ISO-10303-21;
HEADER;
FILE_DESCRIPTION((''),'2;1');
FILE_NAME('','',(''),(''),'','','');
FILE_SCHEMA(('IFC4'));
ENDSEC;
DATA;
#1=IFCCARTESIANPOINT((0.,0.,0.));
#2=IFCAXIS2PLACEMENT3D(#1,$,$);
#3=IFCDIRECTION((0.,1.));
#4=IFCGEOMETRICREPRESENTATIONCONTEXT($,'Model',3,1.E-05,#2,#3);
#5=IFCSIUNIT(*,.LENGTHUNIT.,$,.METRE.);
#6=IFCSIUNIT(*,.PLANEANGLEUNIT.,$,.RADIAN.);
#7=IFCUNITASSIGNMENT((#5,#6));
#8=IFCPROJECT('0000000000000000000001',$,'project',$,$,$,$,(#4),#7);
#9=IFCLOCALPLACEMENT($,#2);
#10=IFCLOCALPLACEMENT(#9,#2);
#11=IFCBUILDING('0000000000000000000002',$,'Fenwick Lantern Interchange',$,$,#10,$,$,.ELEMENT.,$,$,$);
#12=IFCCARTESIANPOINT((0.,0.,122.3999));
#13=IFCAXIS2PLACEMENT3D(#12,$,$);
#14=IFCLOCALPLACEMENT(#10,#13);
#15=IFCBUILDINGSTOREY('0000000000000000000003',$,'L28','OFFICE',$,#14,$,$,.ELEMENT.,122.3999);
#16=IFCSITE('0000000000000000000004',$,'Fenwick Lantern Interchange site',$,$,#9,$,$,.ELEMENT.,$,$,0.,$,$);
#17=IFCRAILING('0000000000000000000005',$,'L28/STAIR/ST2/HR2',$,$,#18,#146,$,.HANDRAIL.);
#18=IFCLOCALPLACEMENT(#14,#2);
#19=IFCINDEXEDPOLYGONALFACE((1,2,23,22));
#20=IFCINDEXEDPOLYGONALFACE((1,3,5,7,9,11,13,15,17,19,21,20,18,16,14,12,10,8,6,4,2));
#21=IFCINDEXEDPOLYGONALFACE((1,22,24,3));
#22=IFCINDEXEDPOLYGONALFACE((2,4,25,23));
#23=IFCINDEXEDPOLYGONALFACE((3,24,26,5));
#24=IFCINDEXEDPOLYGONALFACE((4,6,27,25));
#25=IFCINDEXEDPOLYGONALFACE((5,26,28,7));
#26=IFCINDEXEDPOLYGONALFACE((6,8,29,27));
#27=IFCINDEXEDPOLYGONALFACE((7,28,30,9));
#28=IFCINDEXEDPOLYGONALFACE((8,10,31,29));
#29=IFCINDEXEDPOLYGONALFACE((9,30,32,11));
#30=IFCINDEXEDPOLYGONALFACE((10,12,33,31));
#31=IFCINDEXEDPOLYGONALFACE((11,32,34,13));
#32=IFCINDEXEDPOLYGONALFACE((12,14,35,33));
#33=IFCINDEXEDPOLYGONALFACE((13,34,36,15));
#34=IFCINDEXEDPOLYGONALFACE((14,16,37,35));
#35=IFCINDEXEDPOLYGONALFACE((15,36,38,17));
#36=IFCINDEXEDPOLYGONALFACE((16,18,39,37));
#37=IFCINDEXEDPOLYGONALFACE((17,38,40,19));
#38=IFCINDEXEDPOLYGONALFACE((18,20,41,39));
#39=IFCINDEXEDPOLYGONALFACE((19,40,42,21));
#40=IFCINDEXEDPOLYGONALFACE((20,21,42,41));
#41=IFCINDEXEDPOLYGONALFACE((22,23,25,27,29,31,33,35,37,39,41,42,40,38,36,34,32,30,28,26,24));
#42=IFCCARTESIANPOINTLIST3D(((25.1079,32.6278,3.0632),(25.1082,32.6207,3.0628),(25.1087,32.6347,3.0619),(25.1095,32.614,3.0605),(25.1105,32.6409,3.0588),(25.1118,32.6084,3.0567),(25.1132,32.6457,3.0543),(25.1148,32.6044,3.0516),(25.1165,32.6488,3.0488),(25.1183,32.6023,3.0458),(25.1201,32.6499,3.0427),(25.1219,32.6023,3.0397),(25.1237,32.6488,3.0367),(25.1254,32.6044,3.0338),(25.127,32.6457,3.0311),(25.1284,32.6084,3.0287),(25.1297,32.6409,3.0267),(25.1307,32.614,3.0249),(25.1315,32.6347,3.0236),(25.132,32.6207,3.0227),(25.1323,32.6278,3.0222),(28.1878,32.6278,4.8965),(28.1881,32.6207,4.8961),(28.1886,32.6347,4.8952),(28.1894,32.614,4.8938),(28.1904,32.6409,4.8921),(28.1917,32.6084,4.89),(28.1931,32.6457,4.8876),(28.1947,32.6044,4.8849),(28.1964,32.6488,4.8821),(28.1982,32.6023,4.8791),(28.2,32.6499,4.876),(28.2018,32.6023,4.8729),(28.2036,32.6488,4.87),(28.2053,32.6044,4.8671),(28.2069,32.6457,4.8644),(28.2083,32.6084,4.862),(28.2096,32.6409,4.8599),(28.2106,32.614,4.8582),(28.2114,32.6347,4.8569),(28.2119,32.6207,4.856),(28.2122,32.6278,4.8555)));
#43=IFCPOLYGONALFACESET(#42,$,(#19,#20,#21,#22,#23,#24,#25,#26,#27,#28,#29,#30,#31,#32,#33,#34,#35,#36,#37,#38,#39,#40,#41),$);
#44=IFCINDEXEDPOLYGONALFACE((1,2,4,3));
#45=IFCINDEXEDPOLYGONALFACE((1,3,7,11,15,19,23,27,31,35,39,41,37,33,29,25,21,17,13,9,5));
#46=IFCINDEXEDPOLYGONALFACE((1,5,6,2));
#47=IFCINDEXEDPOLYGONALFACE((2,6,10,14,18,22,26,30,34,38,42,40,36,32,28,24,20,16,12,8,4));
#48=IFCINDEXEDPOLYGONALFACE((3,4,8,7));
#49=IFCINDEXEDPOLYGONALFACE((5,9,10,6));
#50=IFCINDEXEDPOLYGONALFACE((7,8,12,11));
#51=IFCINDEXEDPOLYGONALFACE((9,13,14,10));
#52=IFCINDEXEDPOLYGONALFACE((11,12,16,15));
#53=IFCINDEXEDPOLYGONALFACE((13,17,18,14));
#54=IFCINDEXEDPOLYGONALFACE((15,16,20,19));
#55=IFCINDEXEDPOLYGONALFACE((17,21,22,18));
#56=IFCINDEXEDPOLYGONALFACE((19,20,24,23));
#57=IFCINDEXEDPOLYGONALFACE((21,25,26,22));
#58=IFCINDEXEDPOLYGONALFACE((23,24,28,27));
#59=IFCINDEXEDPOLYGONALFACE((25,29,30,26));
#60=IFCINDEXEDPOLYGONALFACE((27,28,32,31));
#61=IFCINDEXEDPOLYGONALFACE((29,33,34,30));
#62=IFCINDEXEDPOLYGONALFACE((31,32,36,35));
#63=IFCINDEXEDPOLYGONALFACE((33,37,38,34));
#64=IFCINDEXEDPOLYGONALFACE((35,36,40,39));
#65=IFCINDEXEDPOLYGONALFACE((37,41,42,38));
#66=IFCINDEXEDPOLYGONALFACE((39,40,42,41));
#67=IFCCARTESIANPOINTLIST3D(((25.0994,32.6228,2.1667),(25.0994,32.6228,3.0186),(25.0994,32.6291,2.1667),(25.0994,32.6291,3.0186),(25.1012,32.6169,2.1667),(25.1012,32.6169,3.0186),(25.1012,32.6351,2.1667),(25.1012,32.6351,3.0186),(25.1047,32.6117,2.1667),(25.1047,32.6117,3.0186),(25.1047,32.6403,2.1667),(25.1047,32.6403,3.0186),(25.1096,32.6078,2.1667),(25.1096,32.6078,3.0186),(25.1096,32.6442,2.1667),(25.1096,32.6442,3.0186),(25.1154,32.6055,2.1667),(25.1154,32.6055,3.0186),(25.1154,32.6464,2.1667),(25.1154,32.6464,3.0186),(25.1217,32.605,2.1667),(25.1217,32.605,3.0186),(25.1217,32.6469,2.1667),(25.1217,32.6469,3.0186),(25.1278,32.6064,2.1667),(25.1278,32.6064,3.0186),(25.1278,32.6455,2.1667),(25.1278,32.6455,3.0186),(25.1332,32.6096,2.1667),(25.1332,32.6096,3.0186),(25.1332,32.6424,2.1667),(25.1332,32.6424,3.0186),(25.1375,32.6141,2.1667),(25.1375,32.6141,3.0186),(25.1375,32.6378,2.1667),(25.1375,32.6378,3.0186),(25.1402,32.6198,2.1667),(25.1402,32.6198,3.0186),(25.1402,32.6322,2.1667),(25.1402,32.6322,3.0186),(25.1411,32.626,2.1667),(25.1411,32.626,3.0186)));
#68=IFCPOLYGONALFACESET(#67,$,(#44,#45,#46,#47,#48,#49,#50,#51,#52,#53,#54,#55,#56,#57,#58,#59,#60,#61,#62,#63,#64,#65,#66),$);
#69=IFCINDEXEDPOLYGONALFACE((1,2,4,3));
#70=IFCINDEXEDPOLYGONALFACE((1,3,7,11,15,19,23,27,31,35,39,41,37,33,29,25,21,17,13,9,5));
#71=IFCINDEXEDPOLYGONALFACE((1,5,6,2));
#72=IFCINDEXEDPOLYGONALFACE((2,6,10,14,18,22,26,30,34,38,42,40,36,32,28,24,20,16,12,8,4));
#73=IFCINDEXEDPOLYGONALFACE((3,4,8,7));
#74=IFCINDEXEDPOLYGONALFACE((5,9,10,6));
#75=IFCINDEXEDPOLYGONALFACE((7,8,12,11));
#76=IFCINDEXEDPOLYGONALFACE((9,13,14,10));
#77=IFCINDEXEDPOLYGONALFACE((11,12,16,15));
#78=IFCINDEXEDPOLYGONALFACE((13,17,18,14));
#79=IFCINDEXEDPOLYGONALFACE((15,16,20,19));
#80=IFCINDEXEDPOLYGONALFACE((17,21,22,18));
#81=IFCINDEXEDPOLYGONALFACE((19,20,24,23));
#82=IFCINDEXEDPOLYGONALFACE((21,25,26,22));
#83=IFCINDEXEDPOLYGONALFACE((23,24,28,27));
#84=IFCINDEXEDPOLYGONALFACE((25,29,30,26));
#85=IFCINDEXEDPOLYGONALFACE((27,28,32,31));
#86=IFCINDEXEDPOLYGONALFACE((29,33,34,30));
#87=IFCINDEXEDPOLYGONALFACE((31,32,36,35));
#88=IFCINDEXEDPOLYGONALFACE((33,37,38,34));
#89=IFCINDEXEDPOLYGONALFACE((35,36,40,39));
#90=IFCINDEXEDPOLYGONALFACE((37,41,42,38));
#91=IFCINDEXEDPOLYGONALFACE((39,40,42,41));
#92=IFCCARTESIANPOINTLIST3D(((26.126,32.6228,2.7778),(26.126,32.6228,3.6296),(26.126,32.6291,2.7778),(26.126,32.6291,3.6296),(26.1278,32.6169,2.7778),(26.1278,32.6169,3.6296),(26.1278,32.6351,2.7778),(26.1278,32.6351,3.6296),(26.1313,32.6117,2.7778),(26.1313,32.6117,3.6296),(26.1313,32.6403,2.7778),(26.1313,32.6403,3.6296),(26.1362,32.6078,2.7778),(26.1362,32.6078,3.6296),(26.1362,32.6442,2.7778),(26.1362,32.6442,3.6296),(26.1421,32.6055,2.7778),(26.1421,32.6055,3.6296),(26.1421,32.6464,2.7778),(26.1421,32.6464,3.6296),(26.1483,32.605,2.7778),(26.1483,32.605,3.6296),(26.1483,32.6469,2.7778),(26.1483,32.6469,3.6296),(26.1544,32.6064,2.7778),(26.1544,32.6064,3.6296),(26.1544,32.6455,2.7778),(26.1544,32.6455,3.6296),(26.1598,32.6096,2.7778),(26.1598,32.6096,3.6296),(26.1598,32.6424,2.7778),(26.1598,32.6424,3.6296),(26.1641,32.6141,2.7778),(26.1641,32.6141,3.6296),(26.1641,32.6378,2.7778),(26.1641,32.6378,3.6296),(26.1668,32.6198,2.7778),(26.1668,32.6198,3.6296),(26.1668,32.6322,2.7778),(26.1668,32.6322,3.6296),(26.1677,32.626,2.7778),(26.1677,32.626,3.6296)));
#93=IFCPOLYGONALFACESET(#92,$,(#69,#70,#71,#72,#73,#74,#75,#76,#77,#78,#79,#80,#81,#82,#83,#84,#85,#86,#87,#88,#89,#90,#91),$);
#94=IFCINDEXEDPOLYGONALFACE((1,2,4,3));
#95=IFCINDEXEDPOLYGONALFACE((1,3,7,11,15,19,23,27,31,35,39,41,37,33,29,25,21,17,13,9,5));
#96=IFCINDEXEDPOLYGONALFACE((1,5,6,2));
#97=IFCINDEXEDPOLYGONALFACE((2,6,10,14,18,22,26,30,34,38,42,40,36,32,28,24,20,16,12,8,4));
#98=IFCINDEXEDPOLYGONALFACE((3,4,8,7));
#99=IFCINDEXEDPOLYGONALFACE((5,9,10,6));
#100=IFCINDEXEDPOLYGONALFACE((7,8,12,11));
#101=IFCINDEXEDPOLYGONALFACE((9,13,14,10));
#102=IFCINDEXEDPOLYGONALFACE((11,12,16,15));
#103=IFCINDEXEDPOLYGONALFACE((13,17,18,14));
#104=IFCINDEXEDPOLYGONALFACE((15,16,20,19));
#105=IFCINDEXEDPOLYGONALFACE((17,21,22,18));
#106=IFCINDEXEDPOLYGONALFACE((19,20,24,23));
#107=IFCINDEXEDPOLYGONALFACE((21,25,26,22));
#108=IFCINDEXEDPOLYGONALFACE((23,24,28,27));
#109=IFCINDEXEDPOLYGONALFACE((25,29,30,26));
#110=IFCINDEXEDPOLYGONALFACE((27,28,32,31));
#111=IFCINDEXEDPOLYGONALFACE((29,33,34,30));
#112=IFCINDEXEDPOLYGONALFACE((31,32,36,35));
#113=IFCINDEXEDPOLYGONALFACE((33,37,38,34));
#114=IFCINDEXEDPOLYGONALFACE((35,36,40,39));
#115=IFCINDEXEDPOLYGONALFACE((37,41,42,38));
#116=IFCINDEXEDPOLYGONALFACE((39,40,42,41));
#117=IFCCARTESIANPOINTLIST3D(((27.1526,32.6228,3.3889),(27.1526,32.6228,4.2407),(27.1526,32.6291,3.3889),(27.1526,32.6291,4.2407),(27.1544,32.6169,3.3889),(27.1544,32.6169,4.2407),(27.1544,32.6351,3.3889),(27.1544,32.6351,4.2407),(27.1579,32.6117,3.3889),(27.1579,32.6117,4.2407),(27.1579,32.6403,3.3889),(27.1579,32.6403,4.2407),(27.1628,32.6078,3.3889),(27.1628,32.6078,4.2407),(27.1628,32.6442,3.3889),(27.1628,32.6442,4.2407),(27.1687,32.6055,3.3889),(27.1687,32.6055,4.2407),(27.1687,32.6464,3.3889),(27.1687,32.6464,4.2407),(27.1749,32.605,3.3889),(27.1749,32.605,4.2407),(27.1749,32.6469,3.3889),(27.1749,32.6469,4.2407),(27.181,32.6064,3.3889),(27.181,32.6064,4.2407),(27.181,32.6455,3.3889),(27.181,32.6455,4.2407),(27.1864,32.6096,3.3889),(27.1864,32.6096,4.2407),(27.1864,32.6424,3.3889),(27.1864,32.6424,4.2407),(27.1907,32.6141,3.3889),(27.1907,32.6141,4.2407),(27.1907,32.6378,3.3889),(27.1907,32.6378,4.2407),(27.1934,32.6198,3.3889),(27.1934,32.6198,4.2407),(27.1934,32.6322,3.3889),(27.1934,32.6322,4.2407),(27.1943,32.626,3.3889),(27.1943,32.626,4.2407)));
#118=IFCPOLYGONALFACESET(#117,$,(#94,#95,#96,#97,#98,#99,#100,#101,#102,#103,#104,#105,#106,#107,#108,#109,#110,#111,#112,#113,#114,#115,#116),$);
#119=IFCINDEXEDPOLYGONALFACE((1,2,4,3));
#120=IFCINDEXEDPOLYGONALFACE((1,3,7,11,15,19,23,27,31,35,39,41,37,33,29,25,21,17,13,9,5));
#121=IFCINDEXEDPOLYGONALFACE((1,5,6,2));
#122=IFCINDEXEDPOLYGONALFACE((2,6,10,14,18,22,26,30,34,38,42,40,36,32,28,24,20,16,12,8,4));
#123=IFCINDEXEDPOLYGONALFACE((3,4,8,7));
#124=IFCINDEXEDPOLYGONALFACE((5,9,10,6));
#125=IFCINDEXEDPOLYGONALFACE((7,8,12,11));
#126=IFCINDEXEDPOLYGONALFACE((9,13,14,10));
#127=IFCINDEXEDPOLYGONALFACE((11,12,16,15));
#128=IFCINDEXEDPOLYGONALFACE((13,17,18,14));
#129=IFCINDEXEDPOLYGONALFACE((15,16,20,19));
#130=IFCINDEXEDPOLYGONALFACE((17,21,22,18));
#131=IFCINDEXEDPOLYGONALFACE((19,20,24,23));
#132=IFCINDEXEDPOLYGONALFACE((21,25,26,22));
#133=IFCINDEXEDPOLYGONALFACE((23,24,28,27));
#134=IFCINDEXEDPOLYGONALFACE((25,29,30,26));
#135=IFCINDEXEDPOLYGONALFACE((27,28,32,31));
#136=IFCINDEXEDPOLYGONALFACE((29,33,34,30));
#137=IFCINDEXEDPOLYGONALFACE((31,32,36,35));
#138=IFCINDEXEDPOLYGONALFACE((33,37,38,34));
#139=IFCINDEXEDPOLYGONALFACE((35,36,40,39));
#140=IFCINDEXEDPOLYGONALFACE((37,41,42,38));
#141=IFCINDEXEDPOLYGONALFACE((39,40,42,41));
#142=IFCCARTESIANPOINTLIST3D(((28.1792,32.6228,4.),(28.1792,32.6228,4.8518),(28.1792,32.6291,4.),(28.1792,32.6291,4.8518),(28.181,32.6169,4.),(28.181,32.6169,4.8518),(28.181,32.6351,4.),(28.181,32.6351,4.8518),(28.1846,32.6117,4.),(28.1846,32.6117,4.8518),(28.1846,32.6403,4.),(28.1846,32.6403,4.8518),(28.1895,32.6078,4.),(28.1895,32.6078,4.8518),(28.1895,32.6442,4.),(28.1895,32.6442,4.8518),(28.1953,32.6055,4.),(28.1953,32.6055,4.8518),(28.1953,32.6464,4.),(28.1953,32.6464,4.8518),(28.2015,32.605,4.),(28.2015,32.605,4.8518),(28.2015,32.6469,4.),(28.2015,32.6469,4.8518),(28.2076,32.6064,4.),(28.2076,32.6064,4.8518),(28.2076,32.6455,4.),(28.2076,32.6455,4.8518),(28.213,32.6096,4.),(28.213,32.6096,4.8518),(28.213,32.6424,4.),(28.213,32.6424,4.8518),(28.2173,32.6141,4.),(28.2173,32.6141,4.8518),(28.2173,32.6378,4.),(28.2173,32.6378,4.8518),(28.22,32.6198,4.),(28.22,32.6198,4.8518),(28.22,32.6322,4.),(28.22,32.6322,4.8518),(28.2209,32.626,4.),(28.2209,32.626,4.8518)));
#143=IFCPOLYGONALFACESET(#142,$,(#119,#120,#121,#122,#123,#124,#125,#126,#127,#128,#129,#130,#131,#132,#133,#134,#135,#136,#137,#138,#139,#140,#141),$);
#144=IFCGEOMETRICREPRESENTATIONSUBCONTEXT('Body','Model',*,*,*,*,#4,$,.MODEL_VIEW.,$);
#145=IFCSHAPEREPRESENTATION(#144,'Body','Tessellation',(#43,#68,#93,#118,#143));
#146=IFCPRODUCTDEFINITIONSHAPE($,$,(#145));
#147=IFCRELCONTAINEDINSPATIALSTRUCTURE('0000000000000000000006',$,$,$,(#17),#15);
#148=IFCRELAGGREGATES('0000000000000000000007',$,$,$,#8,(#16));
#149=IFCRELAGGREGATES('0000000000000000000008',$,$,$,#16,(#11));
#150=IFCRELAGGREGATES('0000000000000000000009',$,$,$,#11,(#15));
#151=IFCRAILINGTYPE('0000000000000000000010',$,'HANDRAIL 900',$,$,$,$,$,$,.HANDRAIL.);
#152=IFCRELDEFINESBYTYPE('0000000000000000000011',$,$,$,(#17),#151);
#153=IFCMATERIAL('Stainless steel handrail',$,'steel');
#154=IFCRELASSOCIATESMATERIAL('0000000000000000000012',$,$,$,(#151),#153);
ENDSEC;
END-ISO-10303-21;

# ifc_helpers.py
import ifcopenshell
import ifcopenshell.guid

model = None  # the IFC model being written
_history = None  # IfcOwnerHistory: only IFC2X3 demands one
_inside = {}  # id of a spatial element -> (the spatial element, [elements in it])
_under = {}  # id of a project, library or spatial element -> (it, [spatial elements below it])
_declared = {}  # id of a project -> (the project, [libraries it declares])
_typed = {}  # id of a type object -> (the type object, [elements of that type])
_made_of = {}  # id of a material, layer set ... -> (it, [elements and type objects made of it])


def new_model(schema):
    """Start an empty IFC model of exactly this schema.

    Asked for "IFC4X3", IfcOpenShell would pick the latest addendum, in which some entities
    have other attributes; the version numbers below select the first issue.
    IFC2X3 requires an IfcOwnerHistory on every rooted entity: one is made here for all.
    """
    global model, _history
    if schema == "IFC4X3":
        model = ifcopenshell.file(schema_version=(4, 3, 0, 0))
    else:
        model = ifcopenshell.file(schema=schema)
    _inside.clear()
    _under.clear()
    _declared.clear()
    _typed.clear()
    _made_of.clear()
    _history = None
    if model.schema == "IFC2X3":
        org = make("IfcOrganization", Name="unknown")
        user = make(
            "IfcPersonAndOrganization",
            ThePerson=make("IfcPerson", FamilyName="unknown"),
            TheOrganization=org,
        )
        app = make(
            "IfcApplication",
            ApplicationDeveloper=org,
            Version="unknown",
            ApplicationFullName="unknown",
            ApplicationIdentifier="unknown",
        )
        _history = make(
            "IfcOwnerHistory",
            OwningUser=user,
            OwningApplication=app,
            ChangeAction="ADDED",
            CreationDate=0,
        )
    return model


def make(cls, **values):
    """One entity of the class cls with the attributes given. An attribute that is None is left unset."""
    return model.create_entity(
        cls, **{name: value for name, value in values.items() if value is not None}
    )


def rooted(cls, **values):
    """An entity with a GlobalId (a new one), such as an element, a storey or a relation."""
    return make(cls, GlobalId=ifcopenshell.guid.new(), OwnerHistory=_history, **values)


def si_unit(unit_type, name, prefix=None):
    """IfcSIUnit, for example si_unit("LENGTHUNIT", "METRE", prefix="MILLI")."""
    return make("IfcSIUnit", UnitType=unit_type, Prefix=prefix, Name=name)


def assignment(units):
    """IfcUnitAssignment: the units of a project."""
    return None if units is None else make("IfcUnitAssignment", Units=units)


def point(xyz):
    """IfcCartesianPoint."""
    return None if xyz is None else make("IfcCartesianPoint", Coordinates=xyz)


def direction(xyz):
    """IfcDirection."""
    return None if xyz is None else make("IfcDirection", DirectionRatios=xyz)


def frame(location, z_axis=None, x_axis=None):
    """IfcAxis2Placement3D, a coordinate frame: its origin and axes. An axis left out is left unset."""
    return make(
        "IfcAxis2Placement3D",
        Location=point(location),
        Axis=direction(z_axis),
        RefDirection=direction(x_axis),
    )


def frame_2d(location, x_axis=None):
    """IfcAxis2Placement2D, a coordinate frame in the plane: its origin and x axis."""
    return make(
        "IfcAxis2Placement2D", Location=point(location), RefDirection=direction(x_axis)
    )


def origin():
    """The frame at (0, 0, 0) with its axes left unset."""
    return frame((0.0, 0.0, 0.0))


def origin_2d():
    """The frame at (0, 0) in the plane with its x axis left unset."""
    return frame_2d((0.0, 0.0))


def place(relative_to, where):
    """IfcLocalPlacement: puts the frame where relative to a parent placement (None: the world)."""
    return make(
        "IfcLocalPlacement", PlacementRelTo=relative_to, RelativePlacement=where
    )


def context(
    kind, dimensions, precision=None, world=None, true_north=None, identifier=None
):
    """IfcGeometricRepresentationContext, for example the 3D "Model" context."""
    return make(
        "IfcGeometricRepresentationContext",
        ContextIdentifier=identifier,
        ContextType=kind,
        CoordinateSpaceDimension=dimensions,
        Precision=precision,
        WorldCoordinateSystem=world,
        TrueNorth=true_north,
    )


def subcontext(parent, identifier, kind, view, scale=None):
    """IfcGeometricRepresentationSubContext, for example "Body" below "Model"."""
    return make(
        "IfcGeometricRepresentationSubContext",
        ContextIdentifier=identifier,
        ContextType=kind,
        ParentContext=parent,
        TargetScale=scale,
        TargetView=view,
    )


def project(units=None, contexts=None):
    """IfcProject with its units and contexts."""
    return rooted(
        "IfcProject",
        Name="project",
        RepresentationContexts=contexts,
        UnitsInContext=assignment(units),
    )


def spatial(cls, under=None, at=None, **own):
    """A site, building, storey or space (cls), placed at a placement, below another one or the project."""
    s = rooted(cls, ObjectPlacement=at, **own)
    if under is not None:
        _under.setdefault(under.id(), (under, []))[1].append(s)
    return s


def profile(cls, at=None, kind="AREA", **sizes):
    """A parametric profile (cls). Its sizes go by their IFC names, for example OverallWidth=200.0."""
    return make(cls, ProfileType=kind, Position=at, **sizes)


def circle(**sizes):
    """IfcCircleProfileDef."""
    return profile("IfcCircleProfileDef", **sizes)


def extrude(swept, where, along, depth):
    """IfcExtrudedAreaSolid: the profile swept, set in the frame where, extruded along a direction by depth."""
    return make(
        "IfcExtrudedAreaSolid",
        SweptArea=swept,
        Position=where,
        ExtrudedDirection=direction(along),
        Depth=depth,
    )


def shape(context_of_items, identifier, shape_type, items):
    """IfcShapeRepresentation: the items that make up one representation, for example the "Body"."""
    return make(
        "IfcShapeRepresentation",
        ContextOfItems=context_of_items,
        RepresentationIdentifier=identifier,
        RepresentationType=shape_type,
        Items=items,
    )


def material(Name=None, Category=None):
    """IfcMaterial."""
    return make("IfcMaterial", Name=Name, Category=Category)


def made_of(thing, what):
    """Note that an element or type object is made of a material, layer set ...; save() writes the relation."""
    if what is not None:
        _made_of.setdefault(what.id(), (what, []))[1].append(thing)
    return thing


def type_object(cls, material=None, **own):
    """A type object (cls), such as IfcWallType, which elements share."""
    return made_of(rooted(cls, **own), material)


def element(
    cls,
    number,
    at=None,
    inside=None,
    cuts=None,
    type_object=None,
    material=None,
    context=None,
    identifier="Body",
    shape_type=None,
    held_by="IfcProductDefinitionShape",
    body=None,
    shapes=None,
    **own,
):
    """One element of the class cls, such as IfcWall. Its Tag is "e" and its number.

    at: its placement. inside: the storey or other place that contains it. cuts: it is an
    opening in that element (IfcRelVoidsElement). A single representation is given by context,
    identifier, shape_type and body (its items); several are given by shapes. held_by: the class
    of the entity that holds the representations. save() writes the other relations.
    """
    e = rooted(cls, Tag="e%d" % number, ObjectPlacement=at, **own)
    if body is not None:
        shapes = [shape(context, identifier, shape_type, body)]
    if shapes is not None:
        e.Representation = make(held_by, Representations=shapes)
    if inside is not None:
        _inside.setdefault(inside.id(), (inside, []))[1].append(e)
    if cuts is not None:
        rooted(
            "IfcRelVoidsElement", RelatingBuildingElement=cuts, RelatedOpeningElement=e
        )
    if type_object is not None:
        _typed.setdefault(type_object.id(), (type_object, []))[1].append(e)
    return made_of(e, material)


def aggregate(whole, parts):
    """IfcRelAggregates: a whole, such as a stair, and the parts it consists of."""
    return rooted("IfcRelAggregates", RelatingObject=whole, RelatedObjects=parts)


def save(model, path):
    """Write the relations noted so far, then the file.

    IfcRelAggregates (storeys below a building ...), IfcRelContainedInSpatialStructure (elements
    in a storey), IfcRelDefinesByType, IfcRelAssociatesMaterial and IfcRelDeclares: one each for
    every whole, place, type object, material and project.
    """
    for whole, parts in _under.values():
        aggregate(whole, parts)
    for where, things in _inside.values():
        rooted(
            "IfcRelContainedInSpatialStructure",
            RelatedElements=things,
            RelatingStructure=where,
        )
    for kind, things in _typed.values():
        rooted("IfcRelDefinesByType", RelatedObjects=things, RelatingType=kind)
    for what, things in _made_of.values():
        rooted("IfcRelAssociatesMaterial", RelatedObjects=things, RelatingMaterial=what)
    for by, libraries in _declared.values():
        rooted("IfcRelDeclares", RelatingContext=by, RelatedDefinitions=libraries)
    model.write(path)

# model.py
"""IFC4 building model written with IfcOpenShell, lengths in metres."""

from ifc_helpers import new_model, si_unit, direction, frame, origin, origin_2d, place, context, subcontext, project, spatial, circle, extrude, material, type_object, element, save


model = new_model("IFC4")

# Units and contexts
model_context = context("Model", 3, precision=1e-05, world=origin(), true_north=direction((0.0, 1.0)))
body_context = subcontext(model_context, "Body", "Model", "MODEL_VIEW")
ifc_project = project(units=[si_unit("LENGTHUNIT", "METRE"), si_unit("PLANEANGLEUNIT", "RADIAN")], contexts=[model_context])

# Site, building, storey
site_placement = place(None, origin())
site = spatial("IfcSite", under=ifc_project, at=site_placement, Name="Fenwick Lantern Interchange site", CompositionType="ELEMENT", RefElevation=0.0)
building_placement = place(site_placement, origin())
building = spatial("IfcBuilding", under=site, at=building_placement, Name="Fenwick Lantern Interchange", CompositionType="ELEMENT")
storey_placement = place(building_placement, frame((0.0, 0.0, 122.3999)))
storey = spatial("IfcBuildingStorey", under=building, at=storey_placement, Name="L28", Description="OFFICE", CompositionType="ELEMENT", Elevation=122.3999)

# Railing
ifc_material_1 = material(Name="Stainless steel handrail", Category="steel")
railing_type = type_object("IfcRailingType", Name="HANDRAIL 900", PredefinedType="HANDRAIL", material=ifc_material_1)
railing_1_placement = place(storey_placement, frame((25.1201, 32.626, 2.1667)))
element("IfcRailing", 1, at=railing_1_placement, inside=storey, type_object=railing_type, Name="L28/STAIR/ST2/HR2", PredefinedType="HANDRAIL", context=body_context, shape_type="SweptSolid", body=[
    extrude(circle(Radius=0.0239, at=origin_2d()), frame((0.0, 0.0, 0.876), z_axis=(0.859291, 0.0, 0.511487), x_axis=(0.0, 1.0, 0.0)), (0.0, 0.0, 1.0), 3.5842),
    extrude(circle(Radius=0.021, at=origin_2d()), origin(), (0.0, 0.0, 1.0), 0.8518),
    extrude(circle(Radius=0.021, at=origin_2d()), frame((1.0266, 0.0, 0.6111)), (0.0, 0.0, 1.0), 0.8518),
    extrude(circle(Radius=0.021, at=origin_2d()), frame((2.0532, 0.0, 1.2222)), (0.0, 0.0, 1.0), 0.8518),
    extrude(circle(Radius=0.021, at=origin_2d()), frame((3.0798, 0.0, 1.8333)), (0.0, 0.0, 1.0), 0.8518),
])

save(model, "model.ifc")
